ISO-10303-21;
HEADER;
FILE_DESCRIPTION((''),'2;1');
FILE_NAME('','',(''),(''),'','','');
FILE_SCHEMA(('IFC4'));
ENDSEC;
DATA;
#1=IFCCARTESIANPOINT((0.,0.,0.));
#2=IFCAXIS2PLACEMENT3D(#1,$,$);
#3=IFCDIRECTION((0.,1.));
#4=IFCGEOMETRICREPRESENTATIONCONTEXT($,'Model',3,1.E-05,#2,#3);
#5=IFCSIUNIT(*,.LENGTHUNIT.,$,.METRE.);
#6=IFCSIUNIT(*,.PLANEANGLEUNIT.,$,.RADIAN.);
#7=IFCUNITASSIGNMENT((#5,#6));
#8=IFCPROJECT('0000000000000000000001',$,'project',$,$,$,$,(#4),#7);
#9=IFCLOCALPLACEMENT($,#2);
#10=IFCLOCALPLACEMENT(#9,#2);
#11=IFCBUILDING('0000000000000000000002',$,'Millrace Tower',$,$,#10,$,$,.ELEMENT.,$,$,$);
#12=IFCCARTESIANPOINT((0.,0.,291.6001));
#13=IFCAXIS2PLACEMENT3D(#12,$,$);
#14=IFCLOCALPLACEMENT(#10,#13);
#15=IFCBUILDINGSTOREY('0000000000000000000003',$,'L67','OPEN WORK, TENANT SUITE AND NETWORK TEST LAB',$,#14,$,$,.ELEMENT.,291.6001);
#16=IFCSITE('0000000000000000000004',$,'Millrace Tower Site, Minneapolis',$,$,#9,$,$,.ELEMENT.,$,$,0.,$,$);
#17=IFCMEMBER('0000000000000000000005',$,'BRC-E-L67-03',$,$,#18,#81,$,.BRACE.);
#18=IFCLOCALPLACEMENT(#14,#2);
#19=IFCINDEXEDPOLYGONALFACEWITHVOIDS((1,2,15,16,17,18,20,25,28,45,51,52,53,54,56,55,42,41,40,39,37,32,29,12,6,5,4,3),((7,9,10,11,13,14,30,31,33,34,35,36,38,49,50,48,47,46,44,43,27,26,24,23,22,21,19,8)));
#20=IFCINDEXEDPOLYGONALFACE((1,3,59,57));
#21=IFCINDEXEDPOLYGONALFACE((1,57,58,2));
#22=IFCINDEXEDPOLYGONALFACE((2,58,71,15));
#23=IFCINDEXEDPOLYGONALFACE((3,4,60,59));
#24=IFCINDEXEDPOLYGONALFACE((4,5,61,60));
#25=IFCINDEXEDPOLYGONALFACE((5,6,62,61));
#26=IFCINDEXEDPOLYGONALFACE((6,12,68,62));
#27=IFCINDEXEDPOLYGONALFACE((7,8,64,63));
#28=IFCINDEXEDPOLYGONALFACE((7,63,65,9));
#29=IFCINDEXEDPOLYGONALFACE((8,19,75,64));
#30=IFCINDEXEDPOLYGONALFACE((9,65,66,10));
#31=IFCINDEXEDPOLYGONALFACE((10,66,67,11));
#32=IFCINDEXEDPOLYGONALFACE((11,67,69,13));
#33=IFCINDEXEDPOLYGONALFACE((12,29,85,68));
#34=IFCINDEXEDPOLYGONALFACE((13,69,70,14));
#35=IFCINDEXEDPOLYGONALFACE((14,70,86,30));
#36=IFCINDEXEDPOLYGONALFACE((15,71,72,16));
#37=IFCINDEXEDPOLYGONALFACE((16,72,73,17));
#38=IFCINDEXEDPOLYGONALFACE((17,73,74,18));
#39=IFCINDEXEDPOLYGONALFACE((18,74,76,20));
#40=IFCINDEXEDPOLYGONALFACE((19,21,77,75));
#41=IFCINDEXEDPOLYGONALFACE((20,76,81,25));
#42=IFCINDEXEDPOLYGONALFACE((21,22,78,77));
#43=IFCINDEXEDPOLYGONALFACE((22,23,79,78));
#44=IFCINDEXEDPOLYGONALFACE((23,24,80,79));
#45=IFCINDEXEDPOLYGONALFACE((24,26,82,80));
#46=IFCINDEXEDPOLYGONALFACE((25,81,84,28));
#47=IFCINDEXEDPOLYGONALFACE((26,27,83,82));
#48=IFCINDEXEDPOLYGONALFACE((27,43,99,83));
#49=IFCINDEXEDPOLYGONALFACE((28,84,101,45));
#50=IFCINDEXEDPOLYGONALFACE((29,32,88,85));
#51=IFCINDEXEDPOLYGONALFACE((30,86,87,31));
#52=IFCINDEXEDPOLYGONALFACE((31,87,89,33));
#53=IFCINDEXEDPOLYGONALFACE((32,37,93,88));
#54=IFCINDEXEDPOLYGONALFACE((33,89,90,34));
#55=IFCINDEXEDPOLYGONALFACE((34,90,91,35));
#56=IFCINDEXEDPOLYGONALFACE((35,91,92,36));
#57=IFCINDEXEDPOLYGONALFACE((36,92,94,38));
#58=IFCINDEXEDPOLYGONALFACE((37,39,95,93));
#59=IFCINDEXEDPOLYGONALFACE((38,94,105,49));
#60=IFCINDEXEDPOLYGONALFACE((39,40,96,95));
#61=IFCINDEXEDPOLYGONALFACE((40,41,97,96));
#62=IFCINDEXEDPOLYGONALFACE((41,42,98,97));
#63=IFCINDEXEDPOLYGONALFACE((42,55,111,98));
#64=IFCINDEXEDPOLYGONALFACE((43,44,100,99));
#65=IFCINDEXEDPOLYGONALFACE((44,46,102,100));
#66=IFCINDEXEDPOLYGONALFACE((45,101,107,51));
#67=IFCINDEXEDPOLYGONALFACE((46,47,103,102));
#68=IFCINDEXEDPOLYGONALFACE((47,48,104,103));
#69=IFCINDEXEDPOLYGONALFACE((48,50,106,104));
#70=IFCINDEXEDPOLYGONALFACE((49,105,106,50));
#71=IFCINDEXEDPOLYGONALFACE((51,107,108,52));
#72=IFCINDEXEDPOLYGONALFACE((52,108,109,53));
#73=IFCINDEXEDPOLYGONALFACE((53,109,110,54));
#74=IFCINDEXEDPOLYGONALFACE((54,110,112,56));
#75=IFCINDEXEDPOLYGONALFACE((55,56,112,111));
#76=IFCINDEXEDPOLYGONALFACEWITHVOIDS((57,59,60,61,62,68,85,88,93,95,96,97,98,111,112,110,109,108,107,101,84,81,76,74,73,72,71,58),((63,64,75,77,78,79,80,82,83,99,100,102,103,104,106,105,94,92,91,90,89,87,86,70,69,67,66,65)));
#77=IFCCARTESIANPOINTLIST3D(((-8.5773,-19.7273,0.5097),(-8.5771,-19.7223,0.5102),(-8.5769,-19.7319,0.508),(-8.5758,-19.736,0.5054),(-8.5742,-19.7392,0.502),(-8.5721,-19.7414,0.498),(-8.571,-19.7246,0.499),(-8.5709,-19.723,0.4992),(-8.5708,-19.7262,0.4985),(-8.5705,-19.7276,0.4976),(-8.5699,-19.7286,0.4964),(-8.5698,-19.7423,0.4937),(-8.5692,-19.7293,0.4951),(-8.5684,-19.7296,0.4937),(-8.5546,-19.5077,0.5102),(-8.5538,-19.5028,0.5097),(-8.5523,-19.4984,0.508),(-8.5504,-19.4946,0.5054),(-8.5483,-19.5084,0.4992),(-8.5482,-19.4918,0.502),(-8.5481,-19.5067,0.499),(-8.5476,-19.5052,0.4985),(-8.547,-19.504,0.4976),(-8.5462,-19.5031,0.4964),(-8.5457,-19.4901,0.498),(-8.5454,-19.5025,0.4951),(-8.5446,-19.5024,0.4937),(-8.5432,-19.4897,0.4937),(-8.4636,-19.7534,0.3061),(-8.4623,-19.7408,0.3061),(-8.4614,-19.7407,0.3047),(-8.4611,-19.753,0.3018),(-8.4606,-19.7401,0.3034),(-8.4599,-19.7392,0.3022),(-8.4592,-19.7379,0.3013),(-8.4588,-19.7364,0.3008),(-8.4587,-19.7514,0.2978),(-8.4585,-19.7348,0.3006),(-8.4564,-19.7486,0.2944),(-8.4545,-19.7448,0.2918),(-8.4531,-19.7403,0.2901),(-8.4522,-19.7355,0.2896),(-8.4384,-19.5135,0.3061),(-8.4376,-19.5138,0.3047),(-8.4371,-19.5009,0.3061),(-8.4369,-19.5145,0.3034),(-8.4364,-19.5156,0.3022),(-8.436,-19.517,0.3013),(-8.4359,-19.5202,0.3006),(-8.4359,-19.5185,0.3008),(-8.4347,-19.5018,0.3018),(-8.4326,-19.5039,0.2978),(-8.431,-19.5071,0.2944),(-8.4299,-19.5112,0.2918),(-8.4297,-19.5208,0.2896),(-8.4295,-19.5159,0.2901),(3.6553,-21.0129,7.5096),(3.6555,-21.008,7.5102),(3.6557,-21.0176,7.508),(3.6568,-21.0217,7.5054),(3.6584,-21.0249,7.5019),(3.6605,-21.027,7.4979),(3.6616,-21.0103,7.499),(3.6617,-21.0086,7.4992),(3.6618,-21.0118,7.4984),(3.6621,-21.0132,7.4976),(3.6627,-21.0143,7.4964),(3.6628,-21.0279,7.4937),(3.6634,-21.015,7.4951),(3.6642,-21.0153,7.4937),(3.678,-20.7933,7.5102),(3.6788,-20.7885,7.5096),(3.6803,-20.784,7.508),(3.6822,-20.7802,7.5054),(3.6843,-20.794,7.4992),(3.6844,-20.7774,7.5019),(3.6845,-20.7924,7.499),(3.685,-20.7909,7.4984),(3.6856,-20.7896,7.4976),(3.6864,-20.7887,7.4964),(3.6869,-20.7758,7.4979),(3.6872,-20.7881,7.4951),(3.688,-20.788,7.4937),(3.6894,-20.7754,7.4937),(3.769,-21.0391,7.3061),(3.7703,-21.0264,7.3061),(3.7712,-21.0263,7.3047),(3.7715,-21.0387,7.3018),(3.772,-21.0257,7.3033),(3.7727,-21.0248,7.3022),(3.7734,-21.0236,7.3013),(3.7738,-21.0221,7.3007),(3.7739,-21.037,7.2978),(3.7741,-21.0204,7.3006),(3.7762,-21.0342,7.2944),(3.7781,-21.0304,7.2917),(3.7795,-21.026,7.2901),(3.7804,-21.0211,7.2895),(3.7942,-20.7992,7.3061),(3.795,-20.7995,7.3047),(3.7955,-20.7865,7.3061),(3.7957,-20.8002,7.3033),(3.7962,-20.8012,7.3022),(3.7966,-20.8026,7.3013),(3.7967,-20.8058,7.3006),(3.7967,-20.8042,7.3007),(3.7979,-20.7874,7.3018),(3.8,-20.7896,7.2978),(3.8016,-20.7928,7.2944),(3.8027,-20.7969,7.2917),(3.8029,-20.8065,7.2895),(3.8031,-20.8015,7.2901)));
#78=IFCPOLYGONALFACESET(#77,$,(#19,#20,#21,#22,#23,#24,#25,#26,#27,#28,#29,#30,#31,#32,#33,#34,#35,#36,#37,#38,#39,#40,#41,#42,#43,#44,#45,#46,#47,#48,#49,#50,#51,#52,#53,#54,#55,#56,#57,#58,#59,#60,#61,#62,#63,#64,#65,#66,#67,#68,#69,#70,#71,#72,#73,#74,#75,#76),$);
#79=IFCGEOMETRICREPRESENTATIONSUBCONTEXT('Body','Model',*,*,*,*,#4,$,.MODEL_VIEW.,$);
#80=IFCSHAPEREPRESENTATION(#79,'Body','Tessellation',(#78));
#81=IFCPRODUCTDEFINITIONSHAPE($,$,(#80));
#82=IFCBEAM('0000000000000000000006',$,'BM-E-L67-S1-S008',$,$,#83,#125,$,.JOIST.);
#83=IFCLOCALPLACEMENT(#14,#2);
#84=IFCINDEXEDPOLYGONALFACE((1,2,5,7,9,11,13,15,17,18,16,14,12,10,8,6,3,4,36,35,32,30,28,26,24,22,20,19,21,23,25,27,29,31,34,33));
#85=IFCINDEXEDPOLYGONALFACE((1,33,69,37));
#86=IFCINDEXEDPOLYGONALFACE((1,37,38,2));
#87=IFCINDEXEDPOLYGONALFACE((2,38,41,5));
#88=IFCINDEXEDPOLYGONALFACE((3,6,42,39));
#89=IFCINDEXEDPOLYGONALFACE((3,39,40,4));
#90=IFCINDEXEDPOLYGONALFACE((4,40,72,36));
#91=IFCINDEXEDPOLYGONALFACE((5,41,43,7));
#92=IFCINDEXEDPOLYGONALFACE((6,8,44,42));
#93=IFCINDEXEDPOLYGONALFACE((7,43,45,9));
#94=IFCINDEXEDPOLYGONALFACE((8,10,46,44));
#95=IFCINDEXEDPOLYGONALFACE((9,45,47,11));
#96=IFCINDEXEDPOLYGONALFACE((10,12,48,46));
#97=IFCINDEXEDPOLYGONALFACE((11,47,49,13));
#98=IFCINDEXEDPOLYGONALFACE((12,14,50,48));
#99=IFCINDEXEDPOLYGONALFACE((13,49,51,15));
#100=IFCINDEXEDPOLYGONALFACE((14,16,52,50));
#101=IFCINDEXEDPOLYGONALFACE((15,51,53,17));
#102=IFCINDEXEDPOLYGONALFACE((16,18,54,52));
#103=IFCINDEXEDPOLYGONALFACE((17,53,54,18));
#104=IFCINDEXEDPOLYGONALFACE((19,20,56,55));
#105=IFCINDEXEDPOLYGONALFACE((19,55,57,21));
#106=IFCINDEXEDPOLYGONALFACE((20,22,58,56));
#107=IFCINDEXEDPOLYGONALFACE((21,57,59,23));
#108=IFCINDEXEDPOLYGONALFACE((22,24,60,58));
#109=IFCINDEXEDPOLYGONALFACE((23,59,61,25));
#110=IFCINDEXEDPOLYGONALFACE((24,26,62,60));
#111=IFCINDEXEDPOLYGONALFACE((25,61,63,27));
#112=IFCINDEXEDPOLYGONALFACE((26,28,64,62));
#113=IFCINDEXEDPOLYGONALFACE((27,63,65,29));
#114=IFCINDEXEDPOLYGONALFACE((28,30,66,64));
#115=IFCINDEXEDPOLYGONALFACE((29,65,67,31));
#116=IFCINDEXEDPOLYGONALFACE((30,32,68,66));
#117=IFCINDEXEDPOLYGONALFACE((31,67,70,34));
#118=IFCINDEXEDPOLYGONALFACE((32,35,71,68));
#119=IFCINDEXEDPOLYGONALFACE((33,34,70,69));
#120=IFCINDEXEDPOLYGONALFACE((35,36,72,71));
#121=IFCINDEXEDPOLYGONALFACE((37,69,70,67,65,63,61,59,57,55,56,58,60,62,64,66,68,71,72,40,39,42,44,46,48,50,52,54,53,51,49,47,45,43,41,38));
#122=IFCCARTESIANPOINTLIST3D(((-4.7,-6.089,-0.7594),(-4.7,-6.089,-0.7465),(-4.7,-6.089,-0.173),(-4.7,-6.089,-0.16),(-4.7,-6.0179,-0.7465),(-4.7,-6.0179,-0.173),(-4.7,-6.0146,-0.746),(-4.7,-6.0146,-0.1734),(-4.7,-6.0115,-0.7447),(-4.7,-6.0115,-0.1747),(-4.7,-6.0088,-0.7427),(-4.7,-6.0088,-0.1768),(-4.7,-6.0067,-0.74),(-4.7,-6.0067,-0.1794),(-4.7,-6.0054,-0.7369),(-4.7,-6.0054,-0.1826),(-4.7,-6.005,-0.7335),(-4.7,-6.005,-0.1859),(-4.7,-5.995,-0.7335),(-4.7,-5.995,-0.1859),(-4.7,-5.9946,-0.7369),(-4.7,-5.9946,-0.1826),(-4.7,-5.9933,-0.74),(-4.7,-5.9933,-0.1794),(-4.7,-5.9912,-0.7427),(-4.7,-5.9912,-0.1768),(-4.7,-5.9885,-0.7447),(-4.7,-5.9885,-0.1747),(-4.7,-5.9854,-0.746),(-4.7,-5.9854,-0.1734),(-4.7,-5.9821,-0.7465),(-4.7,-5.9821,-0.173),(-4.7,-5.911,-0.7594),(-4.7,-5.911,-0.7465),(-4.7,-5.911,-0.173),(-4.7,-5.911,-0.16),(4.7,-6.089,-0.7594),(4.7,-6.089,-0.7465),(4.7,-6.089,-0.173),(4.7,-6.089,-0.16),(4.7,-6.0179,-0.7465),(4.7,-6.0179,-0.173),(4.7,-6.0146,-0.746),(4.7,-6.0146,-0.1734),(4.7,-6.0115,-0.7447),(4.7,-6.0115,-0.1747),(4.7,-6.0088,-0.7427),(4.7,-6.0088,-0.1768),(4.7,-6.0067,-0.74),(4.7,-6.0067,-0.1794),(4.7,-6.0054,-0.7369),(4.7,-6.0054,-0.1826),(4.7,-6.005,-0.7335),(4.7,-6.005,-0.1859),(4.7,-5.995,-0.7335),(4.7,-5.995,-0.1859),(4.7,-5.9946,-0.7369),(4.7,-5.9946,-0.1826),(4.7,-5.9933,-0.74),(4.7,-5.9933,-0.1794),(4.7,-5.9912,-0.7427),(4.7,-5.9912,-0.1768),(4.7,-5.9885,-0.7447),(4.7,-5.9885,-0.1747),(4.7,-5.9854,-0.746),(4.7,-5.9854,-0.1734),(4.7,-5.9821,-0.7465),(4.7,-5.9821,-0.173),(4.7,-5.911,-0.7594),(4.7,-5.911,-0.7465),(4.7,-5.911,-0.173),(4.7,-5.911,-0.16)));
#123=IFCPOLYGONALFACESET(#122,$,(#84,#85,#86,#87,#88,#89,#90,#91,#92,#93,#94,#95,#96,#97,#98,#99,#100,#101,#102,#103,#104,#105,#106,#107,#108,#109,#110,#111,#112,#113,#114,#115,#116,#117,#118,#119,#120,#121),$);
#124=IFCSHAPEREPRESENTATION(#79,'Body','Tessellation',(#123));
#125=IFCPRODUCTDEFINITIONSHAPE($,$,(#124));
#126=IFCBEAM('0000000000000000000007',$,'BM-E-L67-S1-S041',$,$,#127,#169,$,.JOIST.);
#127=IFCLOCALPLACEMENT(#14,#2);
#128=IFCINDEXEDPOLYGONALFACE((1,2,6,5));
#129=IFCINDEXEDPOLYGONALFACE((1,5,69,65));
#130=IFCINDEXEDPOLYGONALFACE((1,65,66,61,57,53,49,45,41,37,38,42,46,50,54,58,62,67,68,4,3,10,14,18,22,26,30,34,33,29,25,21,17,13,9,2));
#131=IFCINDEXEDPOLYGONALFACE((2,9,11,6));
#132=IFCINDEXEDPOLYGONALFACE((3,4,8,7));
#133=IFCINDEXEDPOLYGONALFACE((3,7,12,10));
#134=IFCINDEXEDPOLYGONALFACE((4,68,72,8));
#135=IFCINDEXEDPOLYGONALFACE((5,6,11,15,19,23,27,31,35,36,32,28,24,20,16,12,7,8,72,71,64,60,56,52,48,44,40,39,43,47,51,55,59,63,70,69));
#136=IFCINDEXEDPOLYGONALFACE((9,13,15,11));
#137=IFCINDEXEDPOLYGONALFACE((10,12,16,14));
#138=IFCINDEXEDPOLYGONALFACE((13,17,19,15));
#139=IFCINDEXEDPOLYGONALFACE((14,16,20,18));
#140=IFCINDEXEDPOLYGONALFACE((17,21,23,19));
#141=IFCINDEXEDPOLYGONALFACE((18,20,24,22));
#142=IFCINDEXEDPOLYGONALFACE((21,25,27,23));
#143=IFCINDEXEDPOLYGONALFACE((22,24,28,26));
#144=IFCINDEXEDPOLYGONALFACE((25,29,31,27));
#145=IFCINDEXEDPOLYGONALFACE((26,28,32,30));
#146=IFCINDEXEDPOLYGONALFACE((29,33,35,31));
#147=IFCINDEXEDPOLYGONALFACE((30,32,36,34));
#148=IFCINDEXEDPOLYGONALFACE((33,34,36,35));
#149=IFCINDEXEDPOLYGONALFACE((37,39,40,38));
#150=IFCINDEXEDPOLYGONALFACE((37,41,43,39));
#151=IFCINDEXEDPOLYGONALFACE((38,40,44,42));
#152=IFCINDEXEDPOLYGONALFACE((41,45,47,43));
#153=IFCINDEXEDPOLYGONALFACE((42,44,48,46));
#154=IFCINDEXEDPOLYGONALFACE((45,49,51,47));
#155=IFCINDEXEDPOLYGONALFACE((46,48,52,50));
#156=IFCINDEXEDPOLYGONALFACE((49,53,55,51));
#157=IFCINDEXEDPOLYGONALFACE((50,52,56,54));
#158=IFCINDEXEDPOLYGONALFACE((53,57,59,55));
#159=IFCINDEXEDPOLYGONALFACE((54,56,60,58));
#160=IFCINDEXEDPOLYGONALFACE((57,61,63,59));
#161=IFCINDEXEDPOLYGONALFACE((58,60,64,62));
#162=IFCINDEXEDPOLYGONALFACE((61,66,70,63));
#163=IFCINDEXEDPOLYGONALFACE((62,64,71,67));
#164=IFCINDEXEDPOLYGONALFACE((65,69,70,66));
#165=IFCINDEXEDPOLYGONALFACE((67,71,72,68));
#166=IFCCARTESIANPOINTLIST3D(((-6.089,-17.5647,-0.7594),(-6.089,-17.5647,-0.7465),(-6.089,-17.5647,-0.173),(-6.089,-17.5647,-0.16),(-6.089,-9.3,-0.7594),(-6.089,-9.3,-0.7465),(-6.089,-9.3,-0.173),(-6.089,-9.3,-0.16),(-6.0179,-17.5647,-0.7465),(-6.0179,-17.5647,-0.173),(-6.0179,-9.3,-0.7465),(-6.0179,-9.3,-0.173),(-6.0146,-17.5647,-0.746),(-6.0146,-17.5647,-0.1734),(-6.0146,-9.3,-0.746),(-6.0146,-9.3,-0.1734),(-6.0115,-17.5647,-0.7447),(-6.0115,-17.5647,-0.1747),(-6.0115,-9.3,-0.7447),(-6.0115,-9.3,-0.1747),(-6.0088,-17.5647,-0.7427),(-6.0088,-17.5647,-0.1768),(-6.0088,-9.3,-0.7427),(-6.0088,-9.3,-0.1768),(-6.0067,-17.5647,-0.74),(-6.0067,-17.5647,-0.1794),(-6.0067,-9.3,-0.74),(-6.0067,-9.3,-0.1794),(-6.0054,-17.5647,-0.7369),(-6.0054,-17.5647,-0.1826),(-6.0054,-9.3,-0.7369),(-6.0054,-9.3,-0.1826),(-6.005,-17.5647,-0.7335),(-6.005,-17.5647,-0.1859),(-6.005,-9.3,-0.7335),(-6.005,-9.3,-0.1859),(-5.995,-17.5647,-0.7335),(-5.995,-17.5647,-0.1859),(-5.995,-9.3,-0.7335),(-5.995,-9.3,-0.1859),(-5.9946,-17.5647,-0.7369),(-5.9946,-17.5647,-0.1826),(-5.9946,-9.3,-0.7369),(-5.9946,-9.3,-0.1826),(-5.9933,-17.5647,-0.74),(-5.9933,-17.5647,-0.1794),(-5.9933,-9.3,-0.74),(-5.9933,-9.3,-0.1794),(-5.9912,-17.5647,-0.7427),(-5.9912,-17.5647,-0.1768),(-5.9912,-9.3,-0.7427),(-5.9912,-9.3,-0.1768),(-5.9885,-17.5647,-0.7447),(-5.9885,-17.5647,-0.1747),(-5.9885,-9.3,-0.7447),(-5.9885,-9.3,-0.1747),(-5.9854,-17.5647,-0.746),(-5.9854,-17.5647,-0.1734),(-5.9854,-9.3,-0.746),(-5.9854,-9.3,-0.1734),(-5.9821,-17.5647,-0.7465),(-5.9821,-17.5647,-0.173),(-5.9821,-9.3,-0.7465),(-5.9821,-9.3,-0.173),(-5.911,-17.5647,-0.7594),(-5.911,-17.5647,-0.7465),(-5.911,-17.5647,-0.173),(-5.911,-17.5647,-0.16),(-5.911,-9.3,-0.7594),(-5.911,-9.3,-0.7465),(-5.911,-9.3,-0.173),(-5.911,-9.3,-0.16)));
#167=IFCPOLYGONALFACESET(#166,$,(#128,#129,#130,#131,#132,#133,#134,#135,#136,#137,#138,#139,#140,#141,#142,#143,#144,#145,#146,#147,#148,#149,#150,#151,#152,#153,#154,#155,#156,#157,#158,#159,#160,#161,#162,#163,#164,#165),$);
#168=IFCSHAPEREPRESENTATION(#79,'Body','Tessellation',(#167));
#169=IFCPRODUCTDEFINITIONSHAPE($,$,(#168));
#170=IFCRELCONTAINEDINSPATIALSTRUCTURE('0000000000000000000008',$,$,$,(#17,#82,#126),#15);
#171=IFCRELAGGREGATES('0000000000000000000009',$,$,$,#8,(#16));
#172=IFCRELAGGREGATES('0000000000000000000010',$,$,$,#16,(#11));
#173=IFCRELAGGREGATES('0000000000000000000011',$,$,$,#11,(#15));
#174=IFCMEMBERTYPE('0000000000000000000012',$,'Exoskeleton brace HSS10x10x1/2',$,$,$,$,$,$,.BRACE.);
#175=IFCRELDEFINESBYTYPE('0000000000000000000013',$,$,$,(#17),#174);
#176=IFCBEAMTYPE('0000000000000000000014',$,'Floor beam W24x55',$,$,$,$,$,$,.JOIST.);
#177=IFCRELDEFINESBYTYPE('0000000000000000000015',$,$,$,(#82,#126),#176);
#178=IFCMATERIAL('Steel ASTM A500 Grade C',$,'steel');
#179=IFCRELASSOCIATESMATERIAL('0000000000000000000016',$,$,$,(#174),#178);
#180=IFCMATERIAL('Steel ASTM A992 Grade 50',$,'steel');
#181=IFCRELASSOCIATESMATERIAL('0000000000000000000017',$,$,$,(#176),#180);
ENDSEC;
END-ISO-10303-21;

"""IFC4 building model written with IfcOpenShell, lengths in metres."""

from ifc_helpers import new_model, si_unit, direction, frame, origin, origin_2d, place, context, subcontext, project, spatial, hollow_rectangle, i_section, extrude, material, material_profile, profile_set, type_object, element, save


model = new_model("IFC4")

# Units and contexts
model_context = context("Model", 3, precision=1e-05, world=origin(), true_north=direction((0.0, 1.0)))
body_context = subcontext(model_context, "Body", "Model", "MODEL_VIEW")
ifc_project = project(units=[si_unit("LENGTHUNIT", "METRE"), si_unit("PLANEANGLEUNIT", "RADIAN")], contexts=[model_context])

# Site, building, storey
site_placement = place(None, origin())
site = spatial("IfcSite", under=ifc_project, at=site_placement, Name="Millrace Tower Site, Minneapolis", CompositionType="ELEMENT", RefElevation=0.0)
building_placement = place(site_placement, origin())
building = spatial("IfcBuilding", under=site, at=building_placement, Name="Millrace Tower", CompositionType="ELEMENT")
storey_placement = place(building_placement, frame((0.0, 0.0, 291.6001)))
storey = spatial("IfcBuildingStorey", under=building, at=storey_placement, Name="L67", Description="OPEN WORK, TENANT SUITE AND NETWORK TEST LAB", CompositionType="ELEMENT", Elevation=291.6001)

# Member
ifc_material_1 = material(Name="Steel ASTM A500 Grade C", Category="steel")
ifc_material_profile_1 = material_profile(ifc_material_1, hollow_rectangle(XDim=0.2539, YDim=0.2539, WallThickness=0.0127, InnerFilletRadius=0.0063, OuterFilletRadius=0.019, at=origin_2d()))
ifc_profile_set_1 = profile_set([ifc_material_profile_1], Name="Steel ASTM A500 Grade C")
member_type_1 = type_object("IfcMemberType", Name="Exoskeleton brace HSS10x10x1/2", PredefinedType="BRACE", material=ifc_profile_set_1)
member_1_placement = place(storey_placement, frame((-8.5034, -19.6216, 0.3999), z_axis=(0.864352, -0.090843, 0.494615), x_axis=(0.104524, 0.994522, 0.0)))
element("IfcMember", 1, at=member_1_placement, inside=storey, type_object=member_type_1, Name="BRC-E-L67-03", PredefinedType="BRACE", context=body_context, shape_type="SweptSolid", body=[
    extrude(hollow_rectangle(XDim=0.2539, YDim=0.2539, WallThickness=0.0127, InnerFilletRadius=0.0063, OuterFilletRadius=0.019, at=origin_2d()), origin(), (0.0, 0.0, 1.0), 14.1523),
])

# Beams
ifc_material_2 = material(Name="Steel ASTM A992 Grade 50", Category="steel")
ifc_material_profile_2 = material_profile(ifc_material_2, i_section(OverallWidth=0.178, OverallDepth=0.5994, WebThickness=0.01, FlangeThickness=0.0129, FilletRadius=0.0129, at=origin_2d()))
ifc_profile_set_2 = profile_set([ifc_material_profile_2], Name="Steel ASTM A992 Grade 50")
beam_type_1 = type_object("IfcBeamType", Name="Floor beam W24x55", PredefinedType="JOIST", material=ifc_profile_set_2)
beam_1_placement = place(storey_placement, frame((-4.7, -6.0, -0.4597), z_axis=(1.0, 0.0, 0.0), x_axis=(0.0, 1.0, 0.0)))
element("IfcBeam", 2, at=beam_1_placement, inside=storey, type_object=beam_type_1, Name="BM-E-L67-S1-S008", PredefinedType="JOIST", context=body_context, shape_type="SweptSolid", body=[
    extrude(i_section(OverallWidth=0.178, OverallDepth=0.5994, WebThickness=0.01, FlangeThickness=0.0129, FilletRadius=0.0129, at=origin_2d()), origin(), (0.0, 0.0, 1.0), 9.3999),
])
beam_2_placement = place(storey_placement, frame((-6.0, -17.5647, -0.4597), z_axis=(0.0, 1.0, 0.0), x_axis=(-1.0, 0.0, 0.0)))
element("IfcBeam", 3, at=beam_2_placement, inside=storey, type_object=beam_type_1, Name="BM-E-L67-S1-S041", PredefinedType="JOIST", context=body_context, shape_type="SweptSolid", body=[
    extrude(i_section(OverallWidth=0.178, OverallDepth=0.5994, WebThickness=0.01, FlangeThickness=0.0129, FilletRadius=0.0129, at=origin_2d()), origin(), (0.0, 0.0, 1.0), 8.2646),
])

save(model, "model.ifc")
